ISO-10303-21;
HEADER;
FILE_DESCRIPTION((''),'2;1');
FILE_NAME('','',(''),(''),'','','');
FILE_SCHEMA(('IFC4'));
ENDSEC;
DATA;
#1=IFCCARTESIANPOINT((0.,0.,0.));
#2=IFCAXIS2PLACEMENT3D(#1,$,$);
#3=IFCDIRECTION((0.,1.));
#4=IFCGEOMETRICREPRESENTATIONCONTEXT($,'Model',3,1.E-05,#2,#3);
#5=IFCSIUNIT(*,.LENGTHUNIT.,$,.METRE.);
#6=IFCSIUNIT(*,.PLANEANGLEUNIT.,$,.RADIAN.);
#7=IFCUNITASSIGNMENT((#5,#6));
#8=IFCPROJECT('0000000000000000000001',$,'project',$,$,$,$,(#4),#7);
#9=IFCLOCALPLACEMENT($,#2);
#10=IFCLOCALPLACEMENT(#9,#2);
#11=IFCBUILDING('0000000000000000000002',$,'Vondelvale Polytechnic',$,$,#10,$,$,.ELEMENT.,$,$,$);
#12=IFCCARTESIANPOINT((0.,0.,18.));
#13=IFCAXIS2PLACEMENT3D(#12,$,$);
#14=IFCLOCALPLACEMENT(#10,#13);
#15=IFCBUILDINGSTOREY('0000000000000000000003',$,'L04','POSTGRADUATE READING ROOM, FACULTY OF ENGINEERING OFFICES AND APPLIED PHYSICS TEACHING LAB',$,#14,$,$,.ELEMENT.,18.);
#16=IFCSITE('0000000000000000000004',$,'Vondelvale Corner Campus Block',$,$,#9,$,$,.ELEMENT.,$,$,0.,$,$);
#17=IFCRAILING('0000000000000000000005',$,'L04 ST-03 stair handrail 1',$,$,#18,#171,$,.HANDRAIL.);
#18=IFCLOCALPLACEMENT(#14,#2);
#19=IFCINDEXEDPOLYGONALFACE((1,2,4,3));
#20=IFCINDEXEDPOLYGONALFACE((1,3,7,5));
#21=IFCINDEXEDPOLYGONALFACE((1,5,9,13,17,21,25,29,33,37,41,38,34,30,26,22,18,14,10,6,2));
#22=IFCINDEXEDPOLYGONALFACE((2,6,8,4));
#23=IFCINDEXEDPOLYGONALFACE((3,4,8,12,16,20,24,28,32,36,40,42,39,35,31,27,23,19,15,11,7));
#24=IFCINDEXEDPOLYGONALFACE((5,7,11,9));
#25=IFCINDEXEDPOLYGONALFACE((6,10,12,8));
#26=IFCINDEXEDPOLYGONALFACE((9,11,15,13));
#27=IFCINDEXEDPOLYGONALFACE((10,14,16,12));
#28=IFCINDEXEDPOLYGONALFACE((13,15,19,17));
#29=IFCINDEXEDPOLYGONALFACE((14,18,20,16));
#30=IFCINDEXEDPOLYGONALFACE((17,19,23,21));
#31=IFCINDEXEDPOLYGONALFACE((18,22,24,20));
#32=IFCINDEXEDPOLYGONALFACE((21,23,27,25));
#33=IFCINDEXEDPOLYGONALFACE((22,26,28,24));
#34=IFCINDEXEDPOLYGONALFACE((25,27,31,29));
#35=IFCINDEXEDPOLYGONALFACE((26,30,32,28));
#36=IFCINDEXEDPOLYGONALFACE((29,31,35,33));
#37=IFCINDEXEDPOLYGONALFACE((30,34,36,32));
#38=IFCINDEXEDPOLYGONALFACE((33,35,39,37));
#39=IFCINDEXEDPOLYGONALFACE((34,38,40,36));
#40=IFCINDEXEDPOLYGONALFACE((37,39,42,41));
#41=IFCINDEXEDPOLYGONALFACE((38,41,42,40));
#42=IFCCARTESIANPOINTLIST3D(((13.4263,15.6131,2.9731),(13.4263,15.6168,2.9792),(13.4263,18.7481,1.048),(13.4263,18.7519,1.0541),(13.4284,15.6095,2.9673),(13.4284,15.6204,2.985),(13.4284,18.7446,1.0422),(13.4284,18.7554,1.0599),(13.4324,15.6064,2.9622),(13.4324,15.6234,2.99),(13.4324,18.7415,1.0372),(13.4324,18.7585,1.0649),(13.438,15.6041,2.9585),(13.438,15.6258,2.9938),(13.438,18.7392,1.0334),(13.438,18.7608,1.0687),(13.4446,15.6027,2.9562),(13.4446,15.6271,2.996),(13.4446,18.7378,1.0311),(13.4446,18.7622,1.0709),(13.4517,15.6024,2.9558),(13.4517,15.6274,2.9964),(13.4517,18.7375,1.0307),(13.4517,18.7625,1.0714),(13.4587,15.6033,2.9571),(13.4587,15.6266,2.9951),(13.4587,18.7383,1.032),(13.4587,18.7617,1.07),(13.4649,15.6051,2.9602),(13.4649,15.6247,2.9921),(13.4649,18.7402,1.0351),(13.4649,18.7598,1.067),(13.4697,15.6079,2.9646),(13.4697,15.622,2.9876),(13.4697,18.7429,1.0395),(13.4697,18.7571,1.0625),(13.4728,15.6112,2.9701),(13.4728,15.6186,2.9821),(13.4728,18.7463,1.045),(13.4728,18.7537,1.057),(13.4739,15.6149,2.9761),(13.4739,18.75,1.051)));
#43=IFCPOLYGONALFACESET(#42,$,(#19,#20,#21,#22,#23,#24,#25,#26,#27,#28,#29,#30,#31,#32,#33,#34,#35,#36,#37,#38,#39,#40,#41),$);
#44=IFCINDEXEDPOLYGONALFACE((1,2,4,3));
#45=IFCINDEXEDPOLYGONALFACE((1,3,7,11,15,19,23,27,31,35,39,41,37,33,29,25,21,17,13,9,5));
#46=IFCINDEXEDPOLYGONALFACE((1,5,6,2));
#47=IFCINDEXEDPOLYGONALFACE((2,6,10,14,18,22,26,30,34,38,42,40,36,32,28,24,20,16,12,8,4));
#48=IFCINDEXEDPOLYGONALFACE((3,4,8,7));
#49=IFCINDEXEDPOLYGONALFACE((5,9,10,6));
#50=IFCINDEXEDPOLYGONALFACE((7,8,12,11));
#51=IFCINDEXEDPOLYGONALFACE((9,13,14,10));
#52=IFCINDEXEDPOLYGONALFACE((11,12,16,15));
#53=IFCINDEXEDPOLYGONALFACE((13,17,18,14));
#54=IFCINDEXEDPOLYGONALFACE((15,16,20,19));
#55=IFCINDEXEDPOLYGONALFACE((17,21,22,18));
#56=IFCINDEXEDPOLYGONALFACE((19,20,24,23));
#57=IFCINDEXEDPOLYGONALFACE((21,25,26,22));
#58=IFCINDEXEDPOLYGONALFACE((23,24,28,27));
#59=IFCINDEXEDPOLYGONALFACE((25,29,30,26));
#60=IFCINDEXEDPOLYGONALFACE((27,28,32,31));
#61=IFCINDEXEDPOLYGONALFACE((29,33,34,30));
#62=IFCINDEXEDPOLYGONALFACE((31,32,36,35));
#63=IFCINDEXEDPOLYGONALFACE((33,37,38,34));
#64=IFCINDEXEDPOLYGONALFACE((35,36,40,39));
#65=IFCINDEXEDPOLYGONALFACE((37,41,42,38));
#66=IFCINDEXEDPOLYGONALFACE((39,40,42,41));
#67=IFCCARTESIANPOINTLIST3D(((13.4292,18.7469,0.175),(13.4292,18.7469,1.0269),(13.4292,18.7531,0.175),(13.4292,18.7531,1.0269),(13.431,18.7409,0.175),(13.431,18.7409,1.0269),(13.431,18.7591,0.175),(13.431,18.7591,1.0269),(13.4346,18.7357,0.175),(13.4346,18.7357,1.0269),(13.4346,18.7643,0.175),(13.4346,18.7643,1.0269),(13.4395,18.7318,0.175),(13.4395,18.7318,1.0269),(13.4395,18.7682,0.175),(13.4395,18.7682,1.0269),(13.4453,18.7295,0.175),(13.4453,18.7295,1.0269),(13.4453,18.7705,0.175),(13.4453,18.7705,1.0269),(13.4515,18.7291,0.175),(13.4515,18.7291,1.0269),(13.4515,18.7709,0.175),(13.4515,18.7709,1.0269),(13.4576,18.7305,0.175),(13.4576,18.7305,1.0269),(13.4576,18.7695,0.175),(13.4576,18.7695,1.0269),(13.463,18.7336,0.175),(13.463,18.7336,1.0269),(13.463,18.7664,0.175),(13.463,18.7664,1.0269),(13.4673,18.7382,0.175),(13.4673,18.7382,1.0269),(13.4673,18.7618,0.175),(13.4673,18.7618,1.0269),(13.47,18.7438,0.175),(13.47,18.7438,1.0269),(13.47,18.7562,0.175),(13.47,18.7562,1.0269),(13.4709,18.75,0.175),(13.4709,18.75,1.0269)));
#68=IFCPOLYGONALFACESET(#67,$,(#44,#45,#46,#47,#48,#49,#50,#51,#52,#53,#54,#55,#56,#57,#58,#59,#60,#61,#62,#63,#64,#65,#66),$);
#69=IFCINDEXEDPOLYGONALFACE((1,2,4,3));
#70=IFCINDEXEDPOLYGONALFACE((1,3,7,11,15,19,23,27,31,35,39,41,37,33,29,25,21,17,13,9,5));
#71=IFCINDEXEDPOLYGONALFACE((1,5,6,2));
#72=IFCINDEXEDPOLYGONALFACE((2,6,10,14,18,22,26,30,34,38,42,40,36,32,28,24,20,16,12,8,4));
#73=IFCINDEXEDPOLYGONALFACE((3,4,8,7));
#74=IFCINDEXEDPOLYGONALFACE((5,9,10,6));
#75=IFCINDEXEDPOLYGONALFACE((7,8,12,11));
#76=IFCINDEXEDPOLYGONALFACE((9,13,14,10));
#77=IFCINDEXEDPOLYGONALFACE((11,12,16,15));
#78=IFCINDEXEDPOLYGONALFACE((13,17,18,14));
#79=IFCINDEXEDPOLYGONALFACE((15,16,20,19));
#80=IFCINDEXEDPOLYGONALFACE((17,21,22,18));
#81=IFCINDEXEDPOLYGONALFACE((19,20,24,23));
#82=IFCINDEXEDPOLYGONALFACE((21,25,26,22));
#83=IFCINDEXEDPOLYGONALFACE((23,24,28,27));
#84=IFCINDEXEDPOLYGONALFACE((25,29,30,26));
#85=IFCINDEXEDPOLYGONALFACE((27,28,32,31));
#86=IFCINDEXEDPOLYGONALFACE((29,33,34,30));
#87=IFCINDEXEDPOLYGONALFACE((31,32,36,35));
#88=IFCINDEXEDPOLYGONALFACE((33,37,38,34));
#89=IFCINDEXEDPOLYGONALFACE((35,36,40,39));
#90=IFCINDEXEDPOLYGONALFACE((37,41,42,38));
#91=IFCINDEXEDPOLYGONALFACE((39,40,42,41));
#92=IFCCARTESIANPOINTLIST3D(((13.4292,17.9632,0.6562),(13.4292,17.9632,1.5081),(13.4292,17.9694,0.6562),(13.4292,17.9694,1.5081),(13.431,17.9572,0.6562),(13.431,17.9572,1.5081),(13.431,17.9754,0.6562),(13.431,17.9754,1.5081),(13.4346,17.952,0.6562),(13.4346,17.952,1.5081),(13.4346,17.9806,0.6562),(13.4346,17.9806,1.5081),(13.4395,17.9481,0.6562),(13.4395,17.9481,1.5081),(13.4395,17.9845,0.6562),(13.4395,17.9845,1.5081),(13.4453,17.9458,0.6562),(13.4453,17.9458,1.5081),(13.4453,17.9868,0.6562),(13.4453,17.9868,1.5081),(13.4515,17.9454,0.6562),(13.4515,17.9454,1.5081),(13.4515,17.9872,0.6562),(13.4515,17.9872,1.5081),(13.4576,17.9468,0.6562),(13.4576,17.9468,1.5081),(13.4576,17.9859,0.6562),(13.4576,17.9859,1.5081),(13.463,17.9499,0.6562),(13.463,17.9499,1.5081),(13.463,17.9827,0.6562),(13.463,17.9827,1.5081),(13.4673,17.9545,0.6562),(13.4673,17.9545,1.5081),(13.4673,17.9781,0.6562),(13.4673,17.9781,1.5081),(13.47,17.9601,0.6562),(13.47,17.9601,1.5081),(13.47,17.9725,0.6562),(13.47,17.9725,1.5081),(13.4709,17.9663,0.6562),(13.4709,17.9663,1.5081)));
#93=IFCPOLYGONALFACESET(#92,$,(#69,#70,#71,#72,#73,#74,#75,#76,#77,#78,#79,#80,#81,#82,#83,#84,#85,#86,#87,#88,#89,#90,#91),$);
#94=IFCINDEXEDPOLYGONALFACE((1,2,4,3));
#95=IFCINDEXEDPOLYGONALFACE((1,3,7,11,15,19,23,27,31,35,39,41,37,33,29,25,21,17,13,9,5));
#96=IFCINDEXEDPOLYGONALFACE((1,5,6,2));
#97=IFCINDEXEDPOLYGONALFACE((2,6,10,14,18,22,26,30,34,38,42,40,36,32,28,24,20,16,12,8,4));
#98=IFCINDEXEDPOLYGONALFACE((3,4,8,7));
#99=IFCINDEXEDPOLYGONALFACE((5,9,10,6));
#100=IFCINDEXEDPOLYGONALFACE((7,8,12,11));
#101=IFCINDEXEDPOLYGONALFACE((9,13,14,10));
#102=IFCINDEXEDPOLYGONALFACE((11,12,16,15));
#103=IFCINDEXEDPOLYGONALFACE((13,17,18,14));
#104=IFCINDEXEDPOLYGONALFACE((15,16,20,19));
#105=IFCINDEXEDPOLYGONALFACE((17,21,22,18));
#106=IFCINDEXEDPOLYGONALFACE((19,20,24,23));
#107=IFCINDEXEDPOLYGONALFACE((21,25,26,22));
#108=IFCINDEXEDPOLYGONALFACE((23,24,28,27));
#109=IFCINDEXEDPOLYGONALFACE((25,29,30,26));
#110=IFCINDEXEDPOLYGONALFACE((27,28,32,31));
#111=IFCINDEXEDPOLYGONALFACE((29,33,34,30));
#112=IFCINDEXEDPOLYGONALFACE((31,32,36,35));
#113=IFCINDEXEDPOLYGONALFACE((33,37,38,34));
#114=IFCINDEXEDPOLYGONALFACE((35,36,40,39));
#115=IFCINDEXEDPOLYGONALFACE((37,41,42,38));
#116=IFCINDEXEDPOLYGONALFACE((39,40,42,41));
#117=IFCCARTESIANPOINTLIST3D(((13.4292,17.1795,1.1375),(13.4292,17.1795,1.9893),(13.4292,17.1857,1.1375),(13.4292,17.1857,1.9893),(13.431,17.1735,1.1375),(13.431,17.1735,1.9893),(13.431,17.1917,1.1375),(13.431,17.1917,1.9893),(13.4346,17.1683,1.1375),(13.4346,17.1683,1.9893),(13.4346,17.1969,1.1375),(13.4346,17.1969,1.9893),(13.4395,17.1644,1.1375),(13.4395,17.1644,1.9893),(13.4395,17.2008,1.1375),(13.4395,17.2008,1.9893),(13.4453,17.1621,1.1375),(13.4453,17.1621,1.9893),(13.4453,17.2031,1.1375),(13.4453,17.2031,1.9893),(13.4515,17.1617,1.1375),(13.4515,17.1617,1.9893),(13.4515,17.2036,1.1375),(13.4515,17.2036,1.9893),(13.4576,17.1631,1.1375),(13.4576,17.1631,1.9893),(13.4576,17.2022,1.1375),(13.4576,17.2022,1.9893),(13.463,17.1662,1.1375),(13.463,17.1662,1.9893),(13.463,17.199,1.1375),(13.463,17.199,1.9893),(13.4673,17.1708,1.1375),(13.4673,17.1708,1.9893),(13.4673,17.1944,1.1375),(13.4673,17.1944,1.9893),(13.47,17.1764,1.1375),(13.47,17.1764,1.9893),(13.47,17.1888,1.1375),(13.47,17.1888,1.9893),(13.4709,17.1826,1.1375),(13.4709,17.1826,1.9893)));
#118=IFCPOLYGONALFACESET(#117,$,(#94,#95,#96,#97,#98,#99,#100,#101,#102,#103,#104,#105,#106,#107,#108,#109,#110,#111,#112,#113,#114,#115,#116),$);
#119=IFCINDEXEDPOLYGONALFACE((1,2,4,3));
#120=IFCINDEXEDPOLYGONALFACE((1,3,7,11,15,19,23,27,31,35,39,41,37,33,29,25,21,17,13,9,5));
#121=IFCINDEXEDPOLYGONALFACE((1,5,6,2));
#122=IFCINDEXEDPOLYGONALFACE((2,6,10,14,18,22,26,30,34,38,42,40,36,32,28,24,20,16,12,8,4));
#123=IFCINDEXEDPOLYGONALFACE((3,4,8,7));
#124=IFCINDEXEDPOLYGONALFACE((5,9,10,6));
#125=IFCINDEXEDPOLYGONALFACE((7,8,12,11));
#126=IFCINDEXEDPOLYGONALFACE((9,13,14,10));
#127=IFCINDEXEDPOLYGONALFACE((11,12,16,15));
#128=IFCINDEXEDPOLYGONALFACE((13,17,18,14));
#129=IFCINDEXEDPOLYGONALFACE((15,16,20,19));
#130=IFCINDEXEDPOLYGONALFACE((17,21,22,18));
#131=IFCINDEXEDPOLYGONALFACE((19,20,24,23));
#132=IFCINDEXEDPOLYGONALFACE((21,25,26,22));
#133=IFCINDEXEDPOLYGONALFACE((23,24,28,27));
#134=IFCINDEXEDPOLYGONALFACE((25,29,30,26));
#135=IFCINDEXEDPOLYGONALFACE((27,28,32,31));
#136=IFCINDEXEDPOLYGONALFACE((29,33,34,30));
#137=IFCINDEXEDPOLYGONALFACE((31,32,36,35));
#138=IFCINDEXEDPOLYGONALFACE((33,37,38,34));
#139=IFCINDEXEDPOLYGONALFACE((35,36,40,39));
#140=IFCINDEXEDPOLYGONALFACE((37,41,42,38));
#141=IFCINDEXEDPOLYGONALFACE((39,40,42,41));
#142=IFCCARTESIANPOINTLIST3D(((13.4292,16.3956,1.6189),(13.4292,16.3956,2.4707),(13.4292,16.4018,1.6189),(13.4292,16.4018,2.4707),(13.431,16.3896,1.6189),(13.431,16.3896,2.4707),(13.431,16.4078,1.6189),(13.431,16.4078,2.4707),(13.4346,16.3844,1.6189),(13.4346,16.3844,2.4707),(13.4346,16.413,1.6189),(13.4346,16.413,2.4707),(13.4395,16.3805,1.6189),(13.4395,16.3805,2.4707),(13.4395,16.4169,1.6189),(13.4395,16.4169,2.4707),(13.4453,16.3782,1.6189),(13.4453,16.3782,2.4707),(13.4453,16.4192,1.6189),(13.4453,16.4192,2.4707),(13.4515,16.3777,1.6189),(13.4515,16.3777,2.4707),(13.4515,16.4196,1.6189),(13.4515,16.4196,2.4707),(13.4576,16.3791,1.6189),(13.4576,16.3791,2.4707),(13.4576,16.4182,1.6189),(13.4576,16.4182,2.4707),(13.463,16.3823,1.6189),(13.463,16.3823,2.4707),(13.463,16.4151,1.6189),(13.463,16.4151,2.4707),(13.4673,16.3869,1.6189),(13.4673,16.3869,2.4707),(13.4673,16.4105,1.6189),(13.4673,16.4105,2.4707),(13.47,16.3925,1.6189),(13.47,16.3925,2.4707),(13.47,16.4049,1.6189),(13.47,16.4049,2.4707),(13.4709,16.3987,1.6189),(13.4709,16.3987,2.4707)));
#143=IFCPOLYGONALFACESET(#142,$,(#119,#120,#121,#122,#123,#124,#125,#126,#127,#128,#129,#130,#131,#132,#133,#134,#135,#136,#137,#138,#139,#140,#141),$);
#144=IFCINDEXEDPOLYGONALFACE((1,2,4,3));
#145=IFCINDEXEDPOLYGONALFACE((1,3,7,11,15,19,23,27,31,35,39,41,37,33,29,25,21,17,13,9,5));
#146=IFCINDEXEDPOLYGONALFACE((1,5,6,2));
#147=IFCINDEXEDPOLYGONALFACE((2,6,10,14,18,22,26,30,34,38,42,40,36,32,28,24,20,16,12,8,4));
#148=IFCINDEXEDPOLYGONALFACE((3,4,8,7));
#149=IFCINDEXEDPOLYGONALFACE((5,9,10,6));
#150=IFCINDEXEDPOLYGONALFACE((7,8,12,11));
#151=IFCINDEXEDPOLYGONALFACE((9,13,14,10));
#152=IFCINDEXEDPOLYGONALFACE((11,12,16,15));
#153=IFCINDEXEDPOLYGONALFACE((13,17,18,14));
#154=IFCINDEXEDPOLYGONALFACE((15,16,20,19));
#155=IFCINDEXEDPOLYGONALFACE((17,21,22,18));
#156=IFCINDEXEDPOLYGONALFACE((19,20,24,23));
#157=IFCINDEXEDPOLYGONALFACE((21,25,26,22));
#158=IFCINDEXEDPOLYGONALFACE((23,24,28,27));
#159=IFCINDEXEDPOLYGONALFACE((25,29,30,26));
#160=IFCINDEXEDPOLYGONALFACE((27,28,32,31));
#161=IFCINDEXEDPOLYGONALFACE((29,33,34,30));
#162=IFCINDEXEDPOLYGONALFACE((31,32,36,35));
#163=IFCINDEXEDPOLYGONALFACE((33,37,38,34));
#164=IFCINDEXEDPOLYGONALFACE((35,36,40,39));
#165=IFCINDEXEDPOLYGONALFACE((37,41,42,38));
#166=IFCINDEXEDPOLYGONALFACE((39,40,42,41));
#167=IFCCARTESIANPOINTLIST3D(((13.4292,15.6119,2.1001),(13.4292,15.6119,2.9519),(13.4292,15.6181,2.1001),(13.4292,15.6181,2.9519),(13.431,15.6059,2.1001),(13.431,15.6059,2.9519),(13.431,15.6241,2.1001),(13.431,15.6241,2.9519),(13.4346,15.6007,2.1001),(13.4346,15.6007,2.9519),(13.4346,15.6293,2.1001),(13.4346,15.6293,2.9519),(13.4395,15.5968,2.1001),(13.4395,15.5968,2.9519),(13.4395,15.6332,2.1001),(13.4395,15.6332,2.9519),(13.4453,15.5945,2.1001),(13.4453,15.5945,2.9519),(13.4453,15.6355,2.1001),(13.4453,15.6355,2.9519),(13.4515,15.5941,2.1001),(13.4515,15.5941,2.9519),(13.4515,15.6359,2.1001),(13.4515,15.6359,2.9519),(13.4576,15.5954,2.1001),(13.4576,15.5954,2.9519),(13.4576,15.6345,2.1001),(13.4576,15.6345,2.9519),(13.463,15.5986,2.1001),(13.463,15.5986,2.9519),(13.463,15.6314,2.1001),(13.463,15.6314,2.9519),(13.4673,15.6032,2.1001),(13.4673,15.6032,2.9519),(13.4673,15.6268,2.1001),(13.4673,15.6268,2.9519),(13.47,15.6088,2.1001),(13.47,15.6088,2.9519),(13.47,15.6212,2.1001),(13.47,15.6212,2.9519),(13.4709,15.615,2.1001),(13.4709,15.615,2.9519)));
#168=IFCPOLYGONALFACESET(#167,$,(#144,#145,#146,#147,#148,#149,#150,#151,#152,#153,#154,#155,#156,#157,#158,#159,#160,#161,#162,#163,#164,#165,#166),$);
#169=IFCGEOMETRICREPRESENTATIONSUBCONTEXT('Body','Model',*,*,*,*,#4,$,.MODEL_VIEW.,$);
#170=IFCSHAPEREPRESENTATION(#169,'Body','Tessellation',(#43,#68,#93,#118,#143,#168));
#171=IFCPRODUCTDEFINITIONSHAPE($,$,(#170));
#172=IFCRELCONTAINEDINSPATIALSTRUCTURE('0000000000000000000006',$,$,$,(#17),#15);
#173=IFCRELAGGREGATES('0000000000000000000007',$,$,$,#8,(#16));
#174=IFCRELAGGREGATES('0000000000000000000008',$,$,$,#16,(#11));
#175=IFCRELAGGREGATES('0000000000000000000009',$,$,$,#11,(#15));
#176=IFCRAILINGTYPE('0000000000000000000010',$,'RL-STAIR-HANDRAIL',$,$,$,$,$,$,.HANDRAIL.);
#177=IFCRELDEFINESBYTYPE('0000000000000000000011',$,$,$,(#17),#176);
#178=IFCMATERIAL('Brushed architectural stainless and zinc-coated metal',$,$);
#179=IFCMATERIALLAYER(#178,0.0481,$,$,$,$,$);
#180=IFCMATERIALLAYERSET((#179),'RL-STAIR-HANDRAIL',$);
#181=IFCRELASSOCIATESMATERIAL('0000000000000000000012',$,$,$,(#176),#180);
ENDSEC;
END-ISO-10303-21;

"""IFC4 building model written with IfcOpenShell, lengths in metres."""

from ifc_helpers import new_model, si_unit, direction, frame, origin, origin_2d, place, context, subcontext, project, spatial, circle, extrude, material, layer, layer_set, type_object, element, save


model = new_model("IFC4")

# Units and contexts
model_context = context("Model", 3, precision=1e-05, world=origin(), true_north=direction((0.0, 1.0)))
body_context = subcontext(model_context, "Body", "Model", "MODEL_VIEW")
ifc_project = project(units=[si_unit("LENGTHUNIT", "METRE"), si_unit("PLANEANGLEUNIT", "RADIAN")], contexts=[model_context])

# Site, building, storey
site_placement = place(None, origin())
site = spatial("IfcSite", under=ifc_project, at=site_placement, Name="Vondelvale Corner Campus Block", CompositionType="ELEMENT", RefElevation=0.0)
building_placement = place(site_placement, origin())
building = spatial("IfcBuilding", under=site, at=building_placement, Name="Vondelvale Polytechnic", CompositionType="ELEMENT")
storey_placement = place(building_placement, frame((0.0, 0.0, 18.0)))
storey = spatial("IfcBuildingStorey", under=building, at=storey_placement, Name="L04", Description="POSTGRADUATE READING ROOM, FACULTY OF ENGINEERING OFFICES AND APPLIED PHYSICS TEACHING LAB", CompositionType="ELEMENT", Elevation=18.0)

# Shared definitions
ifc_material_1 = material(Name="Brushed architectural stainless and zinc-coated metal")

# Railing
ifc_layer_1 = layer(ifc_material_1, 0.0481)
ifc_layer_set_1 = layer_set([ifc_layer_1], Name="RL-STAIR-HANDRAIL")
railing_type_1 = type_object("IfcRailingType", Name="RL-STAIR-HANDRAIL", PredefinedType="HANDRAIL", material=ifc_layer_set_1)
railing_1_placement = place(storey_placement, frame((13.45, 18.75, 0.175)))
element("IfcRailing", 1, at=railing_1_placement, inside=storey, type_object=railing_type_1, Name="L04 ST-03 stair handrail 1", PredefinedType="HANDRAIL", context=body_context, shape_type="SweptSolid", body=[
    extrude(circle(Radius=0.0239, at=origin_2d()), frame((0.0, 0.0, 0.876), z_axis=(0.0, -0.852166, 0.523271), x_axis=(1.0, 0.0, 0.0)), (0.0, 0.0, 1.0), 3.679),
    extrude(circle(Radius=0.021, at=origin_2d()), origin(), (0.0, 0.0, 1.0), 0.8518),
    extrude(circle(Radius=0.021, at=origin_2d()), frame((0.0, -0.7837, 0.4812)), (0.0, 0.0, 1.0), 0.8518),
    extrude(circle(Radius=0.021, at=origin_2d()), frame((0.0, -1.5674, 0.9624)), (0.0, 0.0, 1.0), 0.8518),
    extrude(circle(Radius=0.021, at=origin_2d()), frame((0.0, -2.3513, 1.4438)), (0.0, 0.0, 1.0), 0.8518),
    extrude(circle(Radius=0.021, at=origin_2d()), frame((0.0, -3.135, 1.925)), (0.0, 0.0, 1.0), 0.8518),
])

save(model, "model.ifc")
